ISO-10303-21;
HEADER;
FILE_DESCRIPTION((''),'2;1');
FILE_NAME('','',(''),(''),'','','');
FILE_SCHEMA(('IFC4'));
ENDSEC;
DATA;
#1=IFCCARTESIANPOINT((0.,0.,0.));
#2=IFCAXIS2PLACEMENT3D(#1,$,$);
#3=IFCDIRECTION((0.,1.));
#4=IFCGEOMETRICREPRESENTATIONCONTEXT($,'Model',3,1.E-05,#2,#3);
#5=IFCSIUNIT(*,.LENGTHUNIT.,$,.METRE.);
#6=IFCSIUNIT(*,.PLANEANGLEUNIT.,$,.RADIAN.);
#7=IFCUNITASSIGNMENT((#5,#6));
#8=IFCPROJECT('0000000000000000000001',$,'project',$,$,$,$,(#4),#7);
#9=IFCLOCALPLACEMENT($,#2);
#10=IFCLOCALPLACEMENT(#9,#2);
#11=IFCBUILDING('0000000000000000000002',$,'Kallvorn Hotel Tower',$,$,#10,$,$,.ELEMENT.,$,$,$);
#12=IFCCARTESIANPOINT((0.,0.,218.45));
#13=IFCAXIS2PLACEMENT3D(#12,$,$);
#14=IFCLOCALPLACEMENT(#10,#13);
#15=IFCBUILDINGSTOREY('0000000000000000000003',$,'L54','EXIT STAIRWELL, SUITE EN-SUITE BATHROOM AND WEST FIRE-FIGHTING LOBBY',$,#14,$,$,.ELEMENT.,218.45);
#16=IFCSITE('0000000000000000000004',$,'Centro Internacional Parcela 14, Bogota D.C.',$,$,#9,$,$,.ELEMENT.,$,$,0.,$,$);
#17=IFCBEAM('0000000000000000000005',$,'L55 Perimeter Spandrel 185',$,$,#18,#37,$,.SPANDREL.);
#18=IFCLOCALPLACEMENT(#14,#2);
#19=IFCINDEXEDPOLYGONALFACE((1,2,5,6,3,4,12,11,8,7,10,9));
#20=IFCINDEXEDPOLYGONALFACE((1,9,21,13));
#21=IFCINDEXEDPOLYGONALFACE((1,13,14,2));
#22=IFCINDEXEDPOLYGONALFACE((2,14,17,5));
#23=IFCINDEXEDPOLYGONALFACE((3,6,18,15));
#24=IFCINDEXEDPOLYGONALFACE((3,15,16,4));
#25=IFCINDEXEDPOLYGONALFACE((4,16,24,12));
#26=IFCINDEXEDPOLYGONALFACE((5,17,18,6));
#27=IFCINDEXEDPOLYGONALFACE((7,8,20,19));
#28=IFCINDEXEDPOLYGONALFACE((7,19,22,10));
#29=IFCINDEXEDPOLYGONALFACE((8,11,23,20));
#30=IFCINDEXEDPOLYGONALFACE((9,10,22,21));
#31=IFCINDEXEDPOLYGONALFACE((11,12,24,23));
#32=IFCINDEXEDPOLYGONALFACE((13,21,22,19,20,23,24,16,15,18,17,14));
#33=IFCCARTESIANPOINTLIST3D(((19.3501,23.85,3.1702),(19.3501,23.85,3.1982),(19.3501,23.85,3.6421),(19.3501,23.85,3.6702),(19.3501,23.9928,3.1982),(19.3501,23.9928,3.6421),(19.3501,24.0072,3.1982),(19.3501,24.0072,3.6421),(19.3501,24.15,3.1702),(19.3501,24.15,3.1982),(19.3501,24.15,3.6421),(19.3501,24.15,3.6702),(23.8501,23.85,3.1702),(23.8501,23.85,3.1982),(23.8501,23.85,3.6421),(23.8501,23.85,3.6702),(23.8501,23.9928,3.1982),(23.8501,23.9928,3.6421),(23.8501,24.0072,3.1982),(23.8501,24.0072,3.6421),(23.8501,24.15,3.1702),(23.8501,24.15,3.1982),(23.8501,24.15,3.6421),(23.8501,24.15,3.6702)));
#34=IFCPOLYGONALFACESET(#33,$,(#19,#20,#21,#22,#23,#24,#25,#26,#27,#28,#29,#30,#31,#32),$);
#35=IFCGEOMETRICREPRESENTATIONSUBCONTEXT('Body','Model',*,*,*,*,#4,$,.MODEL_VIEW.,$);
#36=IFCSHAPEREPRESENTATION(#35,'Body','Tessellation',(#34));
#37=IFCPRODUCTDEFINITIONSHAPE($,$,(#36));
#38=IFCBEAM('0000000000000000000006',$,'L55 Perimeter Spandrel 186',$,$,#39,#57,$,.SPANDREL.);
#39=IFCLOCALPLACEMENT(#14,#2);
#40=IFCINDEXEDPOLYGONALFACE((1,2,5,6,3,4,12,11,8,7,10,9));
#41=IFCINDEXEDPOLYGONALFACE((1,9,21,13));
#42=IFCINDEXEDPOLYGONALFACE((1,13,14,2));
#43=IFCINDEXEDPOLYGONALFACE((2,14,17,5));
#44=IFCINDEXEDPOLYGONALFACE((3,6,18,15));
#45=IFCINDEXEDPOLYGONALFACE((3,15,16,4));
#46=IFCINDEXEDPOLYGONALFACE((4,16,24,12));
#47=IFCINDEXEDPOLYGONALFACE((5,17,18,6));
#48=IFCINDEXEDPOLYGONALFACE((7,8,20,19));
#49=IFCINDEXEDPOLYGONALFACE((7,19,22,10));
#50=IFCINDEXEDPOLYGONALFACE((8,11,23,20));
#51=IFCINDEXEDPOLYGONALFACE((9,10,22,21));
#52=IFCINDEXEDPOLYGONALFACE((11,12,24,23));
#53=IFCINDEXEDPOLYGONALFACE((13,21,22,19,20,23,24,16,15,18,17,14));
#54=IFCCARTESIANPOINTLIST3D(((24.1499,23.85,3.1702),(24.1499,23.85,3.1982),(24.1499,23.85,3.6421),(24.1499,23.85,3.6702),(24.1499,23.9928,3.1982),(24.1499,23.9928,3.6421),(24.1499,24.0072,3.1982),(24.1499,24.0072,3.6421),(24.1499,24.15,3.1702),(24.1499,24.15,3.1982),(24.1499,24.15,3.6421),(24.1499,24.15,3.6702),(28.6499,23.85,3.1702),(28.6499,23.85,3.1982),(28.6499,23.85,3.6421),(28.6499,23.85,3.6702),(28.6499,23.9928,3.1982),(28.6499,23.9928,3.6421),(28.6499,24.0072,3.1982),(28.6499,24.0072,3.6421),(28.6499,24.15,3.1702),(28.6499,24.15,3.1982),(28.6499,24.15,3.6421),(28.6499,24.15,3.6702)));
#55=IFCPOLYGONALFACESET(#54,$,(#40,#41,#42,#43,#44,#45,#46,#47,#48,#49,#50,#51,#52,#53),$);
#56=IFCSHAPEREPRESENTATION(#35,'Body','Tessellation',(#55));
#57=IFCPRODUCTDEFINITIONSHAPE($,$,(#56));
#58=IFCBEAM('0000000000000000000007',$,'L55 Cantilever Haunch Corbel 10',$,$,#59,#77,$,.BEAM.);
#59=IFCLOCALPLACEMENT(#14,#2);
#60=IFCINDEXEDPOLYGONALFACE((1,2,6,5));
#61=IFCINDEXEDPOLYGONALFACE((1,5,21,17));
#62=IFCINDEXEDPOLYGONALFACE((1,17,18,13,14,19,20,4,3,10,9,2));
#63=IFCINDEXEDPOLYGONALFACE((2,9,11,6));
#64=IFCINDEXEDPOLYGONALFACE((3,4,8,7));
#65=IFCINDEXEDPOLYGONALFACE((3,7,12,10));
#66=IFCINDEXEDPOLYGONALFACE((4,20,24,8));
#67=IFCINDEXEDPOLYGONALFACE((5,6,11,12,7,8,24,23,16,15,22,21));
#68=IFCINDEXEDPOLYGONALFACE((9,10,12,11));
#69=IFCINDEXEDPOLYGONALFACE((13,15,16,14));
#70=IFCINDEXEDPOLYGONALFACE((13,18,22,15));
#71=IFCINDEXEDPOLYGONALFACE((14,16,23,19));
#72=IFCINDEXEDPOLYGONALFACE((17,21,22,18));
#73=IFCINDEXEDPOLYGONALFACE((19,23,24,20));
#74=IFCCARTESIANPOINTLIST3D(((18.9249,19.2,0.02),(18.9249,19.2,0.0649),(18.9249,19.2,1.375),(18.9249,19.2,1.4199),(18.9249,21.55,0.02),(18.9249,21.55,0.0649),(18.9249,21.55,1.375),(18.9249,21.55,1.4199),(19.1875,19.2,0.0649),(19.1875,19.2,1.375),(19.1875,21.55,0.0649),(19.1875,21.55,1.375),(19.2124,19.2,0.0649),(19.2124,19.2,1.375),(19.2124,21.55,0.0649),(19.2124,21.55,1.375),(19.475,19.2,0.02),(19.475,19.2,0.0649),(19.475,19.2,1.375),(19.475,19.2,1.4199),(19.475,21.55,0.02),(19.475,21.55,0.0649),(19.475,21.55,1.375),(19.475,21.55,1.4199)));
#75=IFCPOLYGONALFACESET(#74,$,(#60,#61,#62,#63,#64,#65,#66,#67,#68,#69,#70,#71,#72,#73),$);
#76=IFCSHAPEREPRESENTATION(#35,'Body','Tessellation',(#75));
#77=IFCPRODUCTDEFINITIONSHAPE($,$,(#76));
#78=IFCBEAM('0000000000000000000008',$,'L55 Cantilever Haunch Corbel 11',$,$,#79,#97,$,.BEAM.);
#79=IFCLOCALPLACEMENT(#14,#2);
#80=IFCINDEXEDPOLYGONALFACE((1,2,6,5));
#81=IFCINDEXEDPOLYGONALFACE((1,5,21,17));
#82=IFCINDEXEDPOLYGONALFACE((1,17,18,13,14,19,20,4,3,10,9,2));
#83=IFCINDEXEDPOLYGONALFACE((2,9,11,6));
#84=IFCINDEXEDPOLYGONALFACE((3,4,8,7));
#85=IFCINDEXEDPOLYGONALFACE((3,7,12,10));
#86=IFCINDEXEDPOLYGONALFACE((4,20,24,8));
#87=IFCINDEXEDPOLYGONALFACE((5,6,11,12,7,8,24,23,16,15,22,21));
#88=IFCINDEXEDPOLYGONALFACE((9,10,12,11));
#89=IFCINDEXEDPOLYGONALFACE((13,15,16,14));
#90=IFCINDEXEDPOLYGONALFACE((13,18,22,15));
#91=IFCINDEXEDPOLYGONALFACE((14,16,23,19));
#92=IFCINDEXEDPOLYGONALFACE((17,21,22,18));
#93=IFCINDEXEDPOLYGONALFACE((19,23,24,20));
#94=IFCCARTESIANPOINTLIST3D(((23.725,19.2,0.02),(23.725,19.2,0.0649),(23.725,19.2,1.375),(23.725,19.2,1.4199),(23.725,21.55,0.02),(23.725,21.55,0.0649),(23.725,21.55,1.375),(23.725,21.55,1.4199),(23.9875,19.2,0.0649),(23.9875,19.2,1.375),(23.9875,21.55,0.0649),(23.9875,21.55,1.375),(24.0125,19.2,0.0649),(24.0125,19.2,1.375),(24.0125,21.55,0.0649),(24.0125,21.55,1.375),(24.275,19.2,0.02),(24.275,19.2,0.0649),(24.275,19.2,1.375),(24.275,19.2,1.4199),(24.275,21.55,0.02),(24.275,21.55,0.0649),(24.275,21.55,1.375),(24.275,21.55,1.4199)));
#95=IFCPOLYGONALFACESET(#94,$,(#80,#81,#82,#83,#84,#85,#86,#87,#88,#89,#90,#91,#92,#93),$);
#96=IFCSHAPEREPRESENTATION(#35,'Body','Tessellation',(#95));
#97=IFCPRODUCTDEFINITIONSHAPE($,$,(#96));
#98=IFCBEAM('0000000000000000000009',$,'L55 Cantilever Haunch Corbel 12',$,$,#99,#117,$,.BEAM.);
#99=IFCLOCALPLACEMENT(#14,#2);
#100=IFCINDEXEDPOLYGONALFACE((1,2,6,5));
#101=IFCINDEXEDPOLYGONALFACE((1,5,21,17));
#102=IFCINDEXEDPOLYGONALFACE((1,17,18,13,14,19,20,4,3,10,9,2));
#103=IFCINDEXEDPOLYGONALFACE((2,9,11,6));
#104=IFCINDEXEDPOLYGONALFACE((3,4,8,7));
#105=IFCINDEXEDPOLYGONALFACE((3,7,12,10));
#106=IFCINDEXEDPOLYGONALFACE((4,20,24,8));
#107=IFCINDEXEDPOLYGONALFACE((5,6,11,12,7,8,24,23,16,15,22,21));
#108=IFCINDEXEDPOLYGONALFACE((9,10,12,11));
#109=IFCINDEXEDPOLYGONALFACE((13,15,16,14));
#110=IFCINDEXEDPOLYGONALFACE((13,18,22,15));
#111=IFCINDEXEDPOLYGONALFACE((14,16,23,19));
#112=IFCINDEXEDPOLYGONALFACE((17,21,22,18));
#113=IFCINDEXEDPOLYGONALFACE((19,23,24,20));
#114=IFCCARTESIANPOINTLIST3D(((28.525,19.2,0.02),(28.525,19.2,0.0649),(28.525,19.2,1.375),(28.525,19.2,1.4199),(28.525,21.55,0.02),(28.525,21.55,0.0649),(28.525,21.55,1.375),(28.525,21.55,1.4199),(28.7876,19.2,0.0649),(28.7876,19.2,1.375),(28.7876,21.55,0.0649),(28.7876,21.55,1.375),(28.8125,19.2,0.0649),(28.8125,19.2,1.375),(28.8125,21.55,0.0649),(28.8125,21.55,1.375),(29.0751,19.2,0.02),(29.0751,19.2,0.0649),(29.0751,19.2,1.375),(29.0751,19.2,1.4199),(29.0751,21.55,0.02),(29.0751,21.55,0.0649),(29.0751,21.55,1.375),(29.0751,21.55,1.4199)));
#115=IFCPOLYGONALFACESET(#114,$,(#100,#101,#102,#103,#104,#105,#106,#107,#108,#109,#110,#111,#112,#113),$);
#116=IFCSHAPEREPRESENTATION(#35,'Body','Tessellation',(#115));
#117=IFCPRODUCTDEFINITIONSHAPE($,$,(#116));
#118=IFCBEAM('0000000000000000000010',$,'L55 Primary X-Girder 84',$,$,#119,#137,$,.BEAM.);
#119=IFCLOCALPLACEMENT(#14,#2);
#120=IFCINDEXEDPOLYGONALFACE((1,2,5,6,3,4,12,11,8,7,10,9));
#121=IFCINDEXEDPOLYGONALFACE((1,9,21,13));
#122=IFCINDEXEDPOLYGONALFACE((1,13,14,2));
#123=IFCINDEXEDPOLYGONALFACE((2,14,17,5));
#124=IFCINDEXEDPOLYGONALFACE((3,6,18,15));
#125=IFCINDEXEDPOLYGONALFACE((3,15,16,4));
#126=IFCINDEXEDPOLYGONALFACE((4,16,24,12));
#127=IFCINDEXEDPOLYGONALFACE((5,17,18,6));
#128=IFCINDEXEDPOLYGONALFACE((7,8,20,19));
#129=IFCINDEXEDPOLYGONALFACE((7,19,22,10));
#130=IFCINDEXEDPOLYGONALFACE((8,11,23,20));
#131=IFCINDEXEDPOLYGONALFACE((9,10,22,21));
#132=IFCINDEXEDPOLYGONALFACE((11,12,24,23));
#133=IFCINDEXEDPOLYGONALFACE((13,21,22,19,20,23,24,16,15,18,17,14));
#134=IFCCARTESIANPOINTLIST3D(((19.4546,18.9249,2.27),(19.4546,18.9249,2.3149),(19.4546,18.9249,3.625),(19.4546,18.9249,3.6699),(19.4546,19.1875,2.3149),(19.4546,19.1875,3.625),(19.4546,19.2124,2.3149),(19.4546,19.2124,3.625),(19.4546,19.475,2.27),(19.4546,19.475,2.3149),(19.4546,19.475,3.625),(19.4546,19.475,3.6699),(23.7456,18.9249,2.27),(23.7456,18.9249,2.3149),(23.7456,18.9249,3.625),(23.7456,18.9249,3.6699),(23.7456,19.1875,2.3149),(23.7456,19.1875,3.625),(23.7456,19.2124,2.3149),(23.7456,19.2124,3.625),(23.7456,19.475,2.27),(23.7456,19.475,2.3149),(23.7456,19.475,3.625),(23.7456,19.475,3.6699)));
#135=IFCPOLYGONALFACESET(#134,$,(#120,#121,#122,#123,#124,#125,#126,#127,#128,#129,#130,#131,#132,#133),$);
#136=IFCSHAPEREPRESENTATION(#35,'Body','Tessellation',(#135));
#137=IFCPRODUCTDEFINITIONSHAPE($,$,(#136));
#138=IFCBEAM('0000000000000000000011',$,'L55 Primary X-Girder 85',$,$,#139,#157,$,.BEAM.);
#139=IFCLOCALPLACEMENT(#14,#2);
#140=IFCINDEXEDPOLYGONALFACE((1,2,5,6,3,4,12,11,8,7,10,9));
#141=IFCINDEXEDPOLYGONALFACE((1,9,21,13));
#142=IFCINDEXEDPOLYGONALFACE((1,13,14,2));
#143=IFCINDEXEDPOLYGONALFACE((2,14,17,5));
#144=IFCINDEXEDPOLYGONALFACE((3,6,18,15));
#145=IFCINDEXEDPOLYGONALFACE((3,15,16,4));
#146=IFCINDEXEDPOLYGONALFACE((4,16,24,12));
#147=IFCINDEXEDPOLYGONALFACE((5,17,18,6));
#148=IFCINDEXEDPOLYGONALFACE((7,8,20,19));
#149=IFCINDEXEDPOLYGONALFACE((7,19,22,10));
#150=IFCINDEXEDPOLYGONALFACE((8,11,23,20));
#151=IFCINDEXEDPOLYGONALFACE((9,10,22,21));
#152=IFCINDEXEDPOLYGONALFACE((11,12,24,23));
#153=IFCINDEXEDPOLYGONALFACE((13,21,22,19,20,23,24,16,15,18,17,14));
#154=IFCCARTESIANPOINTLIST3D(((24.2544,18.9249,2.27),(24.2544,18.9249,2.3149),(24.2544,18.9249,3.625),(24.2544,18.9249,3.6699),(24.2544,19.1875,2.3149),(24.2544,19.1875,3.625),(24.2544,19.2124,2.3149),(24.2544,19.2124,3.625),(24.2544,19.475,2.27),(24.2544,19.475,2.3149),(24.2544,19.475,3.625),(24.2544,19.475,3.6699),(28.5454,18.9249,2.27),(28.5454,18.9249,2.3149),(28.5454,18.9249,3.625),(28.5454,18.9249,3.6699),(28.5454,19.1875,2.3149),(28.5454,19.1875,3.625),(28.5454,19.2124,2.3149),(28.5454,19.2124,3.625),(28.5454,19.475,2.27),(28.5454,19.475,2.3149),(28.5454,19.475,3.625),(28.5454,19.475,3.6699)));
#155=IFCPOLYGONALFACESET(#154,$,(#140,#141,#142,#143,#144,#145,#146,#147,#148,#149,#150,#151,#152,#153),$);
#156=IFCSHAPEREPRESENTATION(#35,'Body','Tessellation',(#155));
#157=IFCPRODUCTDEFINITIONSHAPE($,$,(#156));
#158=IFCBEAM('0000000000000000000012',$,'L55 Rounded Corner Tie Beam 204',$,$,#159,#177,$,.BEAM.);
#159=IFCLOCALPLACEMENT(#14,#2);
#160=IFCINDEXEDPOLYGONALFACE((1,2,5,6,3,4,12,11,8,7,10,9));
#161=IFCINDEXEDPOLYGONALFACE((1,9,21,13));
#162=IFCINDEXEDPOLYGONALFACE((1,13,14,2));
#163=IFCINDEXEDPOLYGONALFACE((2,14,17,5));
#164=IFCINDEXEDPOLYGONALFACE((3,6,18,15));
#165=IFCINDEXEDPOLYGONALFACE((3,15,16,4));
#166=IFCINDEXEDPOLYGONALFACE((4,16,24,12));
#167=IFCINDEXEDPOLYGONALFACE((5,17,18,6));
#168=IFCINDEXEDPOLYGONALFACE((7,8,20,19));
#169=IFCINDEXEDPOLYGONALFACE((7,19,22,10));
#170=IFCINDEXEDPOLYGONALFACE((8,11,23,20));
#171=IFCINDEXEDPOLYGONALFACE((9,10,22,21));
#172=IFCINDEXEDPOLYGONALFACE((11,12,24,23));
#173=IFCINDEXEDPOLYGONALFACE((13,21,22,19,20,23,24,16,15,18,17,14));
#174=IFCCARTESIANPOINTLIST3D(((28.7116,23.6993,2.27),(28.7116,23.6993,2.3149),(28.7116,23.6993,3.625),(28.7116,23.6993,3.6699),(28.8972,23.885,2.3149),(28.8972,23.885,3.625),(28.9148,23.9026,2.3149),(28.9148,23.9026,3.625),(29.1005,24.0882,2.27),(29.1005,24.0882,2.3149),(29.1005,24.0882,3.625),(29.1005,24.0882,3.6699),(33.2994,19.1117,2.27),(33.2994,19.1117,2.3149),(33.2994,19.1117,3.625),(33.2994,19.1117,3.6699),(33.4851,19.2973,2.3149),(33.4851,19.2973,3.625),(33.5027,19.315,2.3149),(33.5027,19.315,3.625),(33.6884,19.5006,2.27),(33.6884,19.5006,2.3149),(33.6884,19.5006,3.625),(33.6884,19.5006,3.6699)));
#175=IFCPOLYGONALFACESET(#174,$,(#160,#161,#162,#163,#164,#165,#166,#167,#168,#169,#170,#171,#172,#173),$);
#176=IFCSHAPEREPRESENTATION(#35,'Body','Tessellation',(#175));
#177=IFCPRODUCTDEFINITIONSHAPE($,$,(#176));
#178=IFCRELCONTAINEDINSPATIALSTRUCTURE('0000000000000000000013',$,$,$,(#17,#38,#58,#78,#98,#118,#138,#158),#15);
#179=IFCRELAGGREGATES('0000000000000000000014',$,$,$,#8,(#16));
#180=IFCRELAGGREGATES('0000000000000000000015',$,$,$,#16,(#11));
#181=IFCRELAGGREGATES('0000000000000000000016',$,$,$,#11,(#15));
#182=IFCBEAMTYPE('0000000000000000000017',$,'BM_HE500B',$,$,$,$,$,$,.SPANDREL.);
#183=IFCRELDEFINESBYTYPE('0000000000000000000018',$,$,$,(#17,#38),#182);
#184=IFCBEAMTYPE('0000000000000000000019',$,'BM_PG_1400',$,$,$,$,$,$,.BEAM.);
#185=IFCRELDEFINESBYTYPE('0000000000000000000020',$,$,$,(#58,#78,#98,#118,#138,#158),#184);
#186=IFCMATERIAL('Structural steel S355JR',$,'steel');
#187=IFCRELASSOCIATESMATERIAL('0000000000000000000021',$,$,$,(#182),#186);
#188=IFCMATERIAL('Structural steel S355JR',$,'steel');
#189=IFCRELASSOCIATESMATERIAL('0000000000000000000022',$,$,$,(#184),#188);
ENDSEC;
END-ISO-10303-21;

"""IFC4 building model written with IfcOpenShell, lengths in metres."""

from ifc_helpers import new_model, si_unit, direction, frame, origin, origin_2d, place, context, subcontext, project, spatial, i_section, extrude, material, material_profile, profile_set, type_object, element, save


model = new_model("IFC4")

# Units and contexts
model_context = context("Model", 3, precision=1e-05, world=origin(), true_north=direction((0.0, 1.0)))
body_context = subcontext(model_context, "Body", "Model", "MODEL_VIEW")
ifc_project = project(units=[si_unit("LENGTHUNIT", "METRE"), si_unit("PLANEANGLEUNIT", "RADIAN")], contexts=[model_context])

# Site, building, storey
site_placement = place(None, origin())
site = spatial("IfcSite", under=ifc_project, at=site_placement, Name="Centro Internacional Parcela 14, Bogota D.C.", CompositionType="ELEMENT", RefElevation=0.0)
building_placement = place(site_placement, origin())
building = spatial("IfcBuilding", under=site, at=building_placement, Name="Kallvorn Hotel Tower", CompositionType="ELEMENT")
storey_placement = place(building_placement, frame((0.0, 0.0, 218.45)))
storey = spatial("IfcBuildingStorey", under=building, at=storey_placement, Name="L54", Description="EXIT STAIRWELL, SUITE EN-SUITE BATHROOM AND WEST FIRE-FIGHTING LOBBY", CompositionType="ELEMENT", Elevation=218.45)

# Beams
ifc_material_1 = material(Name="Structural steel S355JR", Category="steel")
ifc_material_profile_1 = material_profile(ifc_material_1, i_section(OverallWidth=0.3, OverallDepth=0.5, WebThickness=0.0144, FlangeThickness=0.0281, at=origin_2d()), Name="HE 500 B")
ifc_profile_set_1 = profile_set([ifc_material_profile_1], Name="Structural steel S355JR")
beam_type_1 = type_object("IfcBeamType", Name="BM_HE500B", PredefinedType="SPANDREL", material=ifc_profile_set_1)
for number, where, z_axis, x_axis, name in (
    (1, (19.3501, 24.0, 3.4202), (1.0, 0.0, 0.0), (0.0, 1.0, 0.0), "L55 Perimeter Spandrel 185"),
    (2, (24.1499, 24.0, 3.4202), (1.0, 0.0, 0.0), (0.0, 1.0, 0.0), "L55 Perimeter Spandrel 186"),
):
    element("IfcBeam", number, at=place(storey_placement, frame(where, z_axis=z_axis, x_axis=x_axis)), inside=storey, type_object=beam_type_1, Name=name, PredefinedType="SPANDREL", context=body_context, shape_type="SweptSolid", body=[
        extrude(i_section(OverallWidth=0.3, OverallDepth=0.5, WebThickness=0.0144, FlangeThickness=0.0281, at=origin_2d()), origin(), (0.0, 0.0, 1.0), 4.5),
    ])
ifc_material_2 = material(Name="Structural steel S355JR", Category="steel")
ifc_material_profile_2 = material_profile(ifc_material_2, i_section(OverallWidth=0.55, OverallDepth=1.3999, WebThickness=0.0249, FlangeThickness=0.0449, at=origin_2d()), Name="PG 1400x550x25x45")
ifc_profile_set_2 = profile_set([ifc_material_profile_2], Name="Structural steel S355JR")
beam_type_2 = type_object("IfcBeamType", Name="BM_PG_1400", PredefinedType="BEAM", material=ifc_profile_set_2)
for number, where, z_axis, x_axis, name in (
    (3, (19.2, 19.2, 0.72), (0.0, 1.0, 0.0), (-1.0, 0.0, 0.0), "L55 Cantilever Haunch Corbel 10"),
    (4, (24.0, 19.2, 0.72), (0.0, 1.0, 0.0), (-1.0, 0.0, 0.0), "L55 Cantilever Haunch Corbel 11"),
    (5, (28.8, 19.2, 0.72), (0.0, 1.0, 0.0), (-1.0, 0.0, 0.0), "L55 Cantilever Haunch Corbel 12"),
):
    element("IfcBeam", number, at=place(storey_placement, frame(where, z_axis=z_axis, x_axis=x_axis)), inside=storey, type_object=beam_type_2, Name=name, PredefinedType="BEAM", context=body_context, shape_type="SweptSolid", body=[
        extrude(i_section(OverallWidth=0.55, OverallDepth=1.3999, WebThickness=0.0249, FlangeThickness=0.0449, at=origin_2d()), origin(), (0.0, 0.0, 1.0), 2.3501),
    ])
for number, where, z_axis, x_axis, name in (
    (6, (19.4546, 19.2, 2.97), (1.0, 0.0, 0.0), (0.0, 1.0, 0.0), "L55 Primary X-Girder 84"),
    (7, (24.2544, 19.2, 2.97), (1.0, 0.0, 0.0), (0.0, 1.0, 0.0), "L55 Primary X-Girder 85"),
):
    element("IfcBeam", number, at=place(storey_placement, frame(where, z_axis=z_axis, x_axis=x_axis)), inside=storey, type_object=beam_type_2, Name=name, PredefinedType="BEAM", context=body_context, shape_type="SweptSolid", body=[
        extrude(i_section(OverallWidth=0.55, OverallDepth=1.3999, WebThickness=0.0249, FlangeThickness=0.0449, at=origin_2d()), origin(), (0.0, 0.0, 1.0), 4.291),
    ])
beam_placement = place(storey_placement, frame((33.4939, 19.3062, 2.97), z_axis=(-0.707126, 0.707088, 0.0), x_axis=(-0.707088, -0.707126, 0.0)))
element("IfcBeam", 8, at=beam_placement, inside=storey, type_object=beam_type_2, Name="L55 Rounded Corner Tie Beam 204", PredefinedType="BEAM", context=body_context, shape_type="SweptSolid", body=[
    extrude(i_section(OverallWidth=0.55, OverallDepth=1.3999, WebThickness=0.0249, FlangeThickness=0.0449, at=origin_2d()), origin(), (0.0, 0.0, 1.0), 6.488),
])

save(model, "model.ifc")
